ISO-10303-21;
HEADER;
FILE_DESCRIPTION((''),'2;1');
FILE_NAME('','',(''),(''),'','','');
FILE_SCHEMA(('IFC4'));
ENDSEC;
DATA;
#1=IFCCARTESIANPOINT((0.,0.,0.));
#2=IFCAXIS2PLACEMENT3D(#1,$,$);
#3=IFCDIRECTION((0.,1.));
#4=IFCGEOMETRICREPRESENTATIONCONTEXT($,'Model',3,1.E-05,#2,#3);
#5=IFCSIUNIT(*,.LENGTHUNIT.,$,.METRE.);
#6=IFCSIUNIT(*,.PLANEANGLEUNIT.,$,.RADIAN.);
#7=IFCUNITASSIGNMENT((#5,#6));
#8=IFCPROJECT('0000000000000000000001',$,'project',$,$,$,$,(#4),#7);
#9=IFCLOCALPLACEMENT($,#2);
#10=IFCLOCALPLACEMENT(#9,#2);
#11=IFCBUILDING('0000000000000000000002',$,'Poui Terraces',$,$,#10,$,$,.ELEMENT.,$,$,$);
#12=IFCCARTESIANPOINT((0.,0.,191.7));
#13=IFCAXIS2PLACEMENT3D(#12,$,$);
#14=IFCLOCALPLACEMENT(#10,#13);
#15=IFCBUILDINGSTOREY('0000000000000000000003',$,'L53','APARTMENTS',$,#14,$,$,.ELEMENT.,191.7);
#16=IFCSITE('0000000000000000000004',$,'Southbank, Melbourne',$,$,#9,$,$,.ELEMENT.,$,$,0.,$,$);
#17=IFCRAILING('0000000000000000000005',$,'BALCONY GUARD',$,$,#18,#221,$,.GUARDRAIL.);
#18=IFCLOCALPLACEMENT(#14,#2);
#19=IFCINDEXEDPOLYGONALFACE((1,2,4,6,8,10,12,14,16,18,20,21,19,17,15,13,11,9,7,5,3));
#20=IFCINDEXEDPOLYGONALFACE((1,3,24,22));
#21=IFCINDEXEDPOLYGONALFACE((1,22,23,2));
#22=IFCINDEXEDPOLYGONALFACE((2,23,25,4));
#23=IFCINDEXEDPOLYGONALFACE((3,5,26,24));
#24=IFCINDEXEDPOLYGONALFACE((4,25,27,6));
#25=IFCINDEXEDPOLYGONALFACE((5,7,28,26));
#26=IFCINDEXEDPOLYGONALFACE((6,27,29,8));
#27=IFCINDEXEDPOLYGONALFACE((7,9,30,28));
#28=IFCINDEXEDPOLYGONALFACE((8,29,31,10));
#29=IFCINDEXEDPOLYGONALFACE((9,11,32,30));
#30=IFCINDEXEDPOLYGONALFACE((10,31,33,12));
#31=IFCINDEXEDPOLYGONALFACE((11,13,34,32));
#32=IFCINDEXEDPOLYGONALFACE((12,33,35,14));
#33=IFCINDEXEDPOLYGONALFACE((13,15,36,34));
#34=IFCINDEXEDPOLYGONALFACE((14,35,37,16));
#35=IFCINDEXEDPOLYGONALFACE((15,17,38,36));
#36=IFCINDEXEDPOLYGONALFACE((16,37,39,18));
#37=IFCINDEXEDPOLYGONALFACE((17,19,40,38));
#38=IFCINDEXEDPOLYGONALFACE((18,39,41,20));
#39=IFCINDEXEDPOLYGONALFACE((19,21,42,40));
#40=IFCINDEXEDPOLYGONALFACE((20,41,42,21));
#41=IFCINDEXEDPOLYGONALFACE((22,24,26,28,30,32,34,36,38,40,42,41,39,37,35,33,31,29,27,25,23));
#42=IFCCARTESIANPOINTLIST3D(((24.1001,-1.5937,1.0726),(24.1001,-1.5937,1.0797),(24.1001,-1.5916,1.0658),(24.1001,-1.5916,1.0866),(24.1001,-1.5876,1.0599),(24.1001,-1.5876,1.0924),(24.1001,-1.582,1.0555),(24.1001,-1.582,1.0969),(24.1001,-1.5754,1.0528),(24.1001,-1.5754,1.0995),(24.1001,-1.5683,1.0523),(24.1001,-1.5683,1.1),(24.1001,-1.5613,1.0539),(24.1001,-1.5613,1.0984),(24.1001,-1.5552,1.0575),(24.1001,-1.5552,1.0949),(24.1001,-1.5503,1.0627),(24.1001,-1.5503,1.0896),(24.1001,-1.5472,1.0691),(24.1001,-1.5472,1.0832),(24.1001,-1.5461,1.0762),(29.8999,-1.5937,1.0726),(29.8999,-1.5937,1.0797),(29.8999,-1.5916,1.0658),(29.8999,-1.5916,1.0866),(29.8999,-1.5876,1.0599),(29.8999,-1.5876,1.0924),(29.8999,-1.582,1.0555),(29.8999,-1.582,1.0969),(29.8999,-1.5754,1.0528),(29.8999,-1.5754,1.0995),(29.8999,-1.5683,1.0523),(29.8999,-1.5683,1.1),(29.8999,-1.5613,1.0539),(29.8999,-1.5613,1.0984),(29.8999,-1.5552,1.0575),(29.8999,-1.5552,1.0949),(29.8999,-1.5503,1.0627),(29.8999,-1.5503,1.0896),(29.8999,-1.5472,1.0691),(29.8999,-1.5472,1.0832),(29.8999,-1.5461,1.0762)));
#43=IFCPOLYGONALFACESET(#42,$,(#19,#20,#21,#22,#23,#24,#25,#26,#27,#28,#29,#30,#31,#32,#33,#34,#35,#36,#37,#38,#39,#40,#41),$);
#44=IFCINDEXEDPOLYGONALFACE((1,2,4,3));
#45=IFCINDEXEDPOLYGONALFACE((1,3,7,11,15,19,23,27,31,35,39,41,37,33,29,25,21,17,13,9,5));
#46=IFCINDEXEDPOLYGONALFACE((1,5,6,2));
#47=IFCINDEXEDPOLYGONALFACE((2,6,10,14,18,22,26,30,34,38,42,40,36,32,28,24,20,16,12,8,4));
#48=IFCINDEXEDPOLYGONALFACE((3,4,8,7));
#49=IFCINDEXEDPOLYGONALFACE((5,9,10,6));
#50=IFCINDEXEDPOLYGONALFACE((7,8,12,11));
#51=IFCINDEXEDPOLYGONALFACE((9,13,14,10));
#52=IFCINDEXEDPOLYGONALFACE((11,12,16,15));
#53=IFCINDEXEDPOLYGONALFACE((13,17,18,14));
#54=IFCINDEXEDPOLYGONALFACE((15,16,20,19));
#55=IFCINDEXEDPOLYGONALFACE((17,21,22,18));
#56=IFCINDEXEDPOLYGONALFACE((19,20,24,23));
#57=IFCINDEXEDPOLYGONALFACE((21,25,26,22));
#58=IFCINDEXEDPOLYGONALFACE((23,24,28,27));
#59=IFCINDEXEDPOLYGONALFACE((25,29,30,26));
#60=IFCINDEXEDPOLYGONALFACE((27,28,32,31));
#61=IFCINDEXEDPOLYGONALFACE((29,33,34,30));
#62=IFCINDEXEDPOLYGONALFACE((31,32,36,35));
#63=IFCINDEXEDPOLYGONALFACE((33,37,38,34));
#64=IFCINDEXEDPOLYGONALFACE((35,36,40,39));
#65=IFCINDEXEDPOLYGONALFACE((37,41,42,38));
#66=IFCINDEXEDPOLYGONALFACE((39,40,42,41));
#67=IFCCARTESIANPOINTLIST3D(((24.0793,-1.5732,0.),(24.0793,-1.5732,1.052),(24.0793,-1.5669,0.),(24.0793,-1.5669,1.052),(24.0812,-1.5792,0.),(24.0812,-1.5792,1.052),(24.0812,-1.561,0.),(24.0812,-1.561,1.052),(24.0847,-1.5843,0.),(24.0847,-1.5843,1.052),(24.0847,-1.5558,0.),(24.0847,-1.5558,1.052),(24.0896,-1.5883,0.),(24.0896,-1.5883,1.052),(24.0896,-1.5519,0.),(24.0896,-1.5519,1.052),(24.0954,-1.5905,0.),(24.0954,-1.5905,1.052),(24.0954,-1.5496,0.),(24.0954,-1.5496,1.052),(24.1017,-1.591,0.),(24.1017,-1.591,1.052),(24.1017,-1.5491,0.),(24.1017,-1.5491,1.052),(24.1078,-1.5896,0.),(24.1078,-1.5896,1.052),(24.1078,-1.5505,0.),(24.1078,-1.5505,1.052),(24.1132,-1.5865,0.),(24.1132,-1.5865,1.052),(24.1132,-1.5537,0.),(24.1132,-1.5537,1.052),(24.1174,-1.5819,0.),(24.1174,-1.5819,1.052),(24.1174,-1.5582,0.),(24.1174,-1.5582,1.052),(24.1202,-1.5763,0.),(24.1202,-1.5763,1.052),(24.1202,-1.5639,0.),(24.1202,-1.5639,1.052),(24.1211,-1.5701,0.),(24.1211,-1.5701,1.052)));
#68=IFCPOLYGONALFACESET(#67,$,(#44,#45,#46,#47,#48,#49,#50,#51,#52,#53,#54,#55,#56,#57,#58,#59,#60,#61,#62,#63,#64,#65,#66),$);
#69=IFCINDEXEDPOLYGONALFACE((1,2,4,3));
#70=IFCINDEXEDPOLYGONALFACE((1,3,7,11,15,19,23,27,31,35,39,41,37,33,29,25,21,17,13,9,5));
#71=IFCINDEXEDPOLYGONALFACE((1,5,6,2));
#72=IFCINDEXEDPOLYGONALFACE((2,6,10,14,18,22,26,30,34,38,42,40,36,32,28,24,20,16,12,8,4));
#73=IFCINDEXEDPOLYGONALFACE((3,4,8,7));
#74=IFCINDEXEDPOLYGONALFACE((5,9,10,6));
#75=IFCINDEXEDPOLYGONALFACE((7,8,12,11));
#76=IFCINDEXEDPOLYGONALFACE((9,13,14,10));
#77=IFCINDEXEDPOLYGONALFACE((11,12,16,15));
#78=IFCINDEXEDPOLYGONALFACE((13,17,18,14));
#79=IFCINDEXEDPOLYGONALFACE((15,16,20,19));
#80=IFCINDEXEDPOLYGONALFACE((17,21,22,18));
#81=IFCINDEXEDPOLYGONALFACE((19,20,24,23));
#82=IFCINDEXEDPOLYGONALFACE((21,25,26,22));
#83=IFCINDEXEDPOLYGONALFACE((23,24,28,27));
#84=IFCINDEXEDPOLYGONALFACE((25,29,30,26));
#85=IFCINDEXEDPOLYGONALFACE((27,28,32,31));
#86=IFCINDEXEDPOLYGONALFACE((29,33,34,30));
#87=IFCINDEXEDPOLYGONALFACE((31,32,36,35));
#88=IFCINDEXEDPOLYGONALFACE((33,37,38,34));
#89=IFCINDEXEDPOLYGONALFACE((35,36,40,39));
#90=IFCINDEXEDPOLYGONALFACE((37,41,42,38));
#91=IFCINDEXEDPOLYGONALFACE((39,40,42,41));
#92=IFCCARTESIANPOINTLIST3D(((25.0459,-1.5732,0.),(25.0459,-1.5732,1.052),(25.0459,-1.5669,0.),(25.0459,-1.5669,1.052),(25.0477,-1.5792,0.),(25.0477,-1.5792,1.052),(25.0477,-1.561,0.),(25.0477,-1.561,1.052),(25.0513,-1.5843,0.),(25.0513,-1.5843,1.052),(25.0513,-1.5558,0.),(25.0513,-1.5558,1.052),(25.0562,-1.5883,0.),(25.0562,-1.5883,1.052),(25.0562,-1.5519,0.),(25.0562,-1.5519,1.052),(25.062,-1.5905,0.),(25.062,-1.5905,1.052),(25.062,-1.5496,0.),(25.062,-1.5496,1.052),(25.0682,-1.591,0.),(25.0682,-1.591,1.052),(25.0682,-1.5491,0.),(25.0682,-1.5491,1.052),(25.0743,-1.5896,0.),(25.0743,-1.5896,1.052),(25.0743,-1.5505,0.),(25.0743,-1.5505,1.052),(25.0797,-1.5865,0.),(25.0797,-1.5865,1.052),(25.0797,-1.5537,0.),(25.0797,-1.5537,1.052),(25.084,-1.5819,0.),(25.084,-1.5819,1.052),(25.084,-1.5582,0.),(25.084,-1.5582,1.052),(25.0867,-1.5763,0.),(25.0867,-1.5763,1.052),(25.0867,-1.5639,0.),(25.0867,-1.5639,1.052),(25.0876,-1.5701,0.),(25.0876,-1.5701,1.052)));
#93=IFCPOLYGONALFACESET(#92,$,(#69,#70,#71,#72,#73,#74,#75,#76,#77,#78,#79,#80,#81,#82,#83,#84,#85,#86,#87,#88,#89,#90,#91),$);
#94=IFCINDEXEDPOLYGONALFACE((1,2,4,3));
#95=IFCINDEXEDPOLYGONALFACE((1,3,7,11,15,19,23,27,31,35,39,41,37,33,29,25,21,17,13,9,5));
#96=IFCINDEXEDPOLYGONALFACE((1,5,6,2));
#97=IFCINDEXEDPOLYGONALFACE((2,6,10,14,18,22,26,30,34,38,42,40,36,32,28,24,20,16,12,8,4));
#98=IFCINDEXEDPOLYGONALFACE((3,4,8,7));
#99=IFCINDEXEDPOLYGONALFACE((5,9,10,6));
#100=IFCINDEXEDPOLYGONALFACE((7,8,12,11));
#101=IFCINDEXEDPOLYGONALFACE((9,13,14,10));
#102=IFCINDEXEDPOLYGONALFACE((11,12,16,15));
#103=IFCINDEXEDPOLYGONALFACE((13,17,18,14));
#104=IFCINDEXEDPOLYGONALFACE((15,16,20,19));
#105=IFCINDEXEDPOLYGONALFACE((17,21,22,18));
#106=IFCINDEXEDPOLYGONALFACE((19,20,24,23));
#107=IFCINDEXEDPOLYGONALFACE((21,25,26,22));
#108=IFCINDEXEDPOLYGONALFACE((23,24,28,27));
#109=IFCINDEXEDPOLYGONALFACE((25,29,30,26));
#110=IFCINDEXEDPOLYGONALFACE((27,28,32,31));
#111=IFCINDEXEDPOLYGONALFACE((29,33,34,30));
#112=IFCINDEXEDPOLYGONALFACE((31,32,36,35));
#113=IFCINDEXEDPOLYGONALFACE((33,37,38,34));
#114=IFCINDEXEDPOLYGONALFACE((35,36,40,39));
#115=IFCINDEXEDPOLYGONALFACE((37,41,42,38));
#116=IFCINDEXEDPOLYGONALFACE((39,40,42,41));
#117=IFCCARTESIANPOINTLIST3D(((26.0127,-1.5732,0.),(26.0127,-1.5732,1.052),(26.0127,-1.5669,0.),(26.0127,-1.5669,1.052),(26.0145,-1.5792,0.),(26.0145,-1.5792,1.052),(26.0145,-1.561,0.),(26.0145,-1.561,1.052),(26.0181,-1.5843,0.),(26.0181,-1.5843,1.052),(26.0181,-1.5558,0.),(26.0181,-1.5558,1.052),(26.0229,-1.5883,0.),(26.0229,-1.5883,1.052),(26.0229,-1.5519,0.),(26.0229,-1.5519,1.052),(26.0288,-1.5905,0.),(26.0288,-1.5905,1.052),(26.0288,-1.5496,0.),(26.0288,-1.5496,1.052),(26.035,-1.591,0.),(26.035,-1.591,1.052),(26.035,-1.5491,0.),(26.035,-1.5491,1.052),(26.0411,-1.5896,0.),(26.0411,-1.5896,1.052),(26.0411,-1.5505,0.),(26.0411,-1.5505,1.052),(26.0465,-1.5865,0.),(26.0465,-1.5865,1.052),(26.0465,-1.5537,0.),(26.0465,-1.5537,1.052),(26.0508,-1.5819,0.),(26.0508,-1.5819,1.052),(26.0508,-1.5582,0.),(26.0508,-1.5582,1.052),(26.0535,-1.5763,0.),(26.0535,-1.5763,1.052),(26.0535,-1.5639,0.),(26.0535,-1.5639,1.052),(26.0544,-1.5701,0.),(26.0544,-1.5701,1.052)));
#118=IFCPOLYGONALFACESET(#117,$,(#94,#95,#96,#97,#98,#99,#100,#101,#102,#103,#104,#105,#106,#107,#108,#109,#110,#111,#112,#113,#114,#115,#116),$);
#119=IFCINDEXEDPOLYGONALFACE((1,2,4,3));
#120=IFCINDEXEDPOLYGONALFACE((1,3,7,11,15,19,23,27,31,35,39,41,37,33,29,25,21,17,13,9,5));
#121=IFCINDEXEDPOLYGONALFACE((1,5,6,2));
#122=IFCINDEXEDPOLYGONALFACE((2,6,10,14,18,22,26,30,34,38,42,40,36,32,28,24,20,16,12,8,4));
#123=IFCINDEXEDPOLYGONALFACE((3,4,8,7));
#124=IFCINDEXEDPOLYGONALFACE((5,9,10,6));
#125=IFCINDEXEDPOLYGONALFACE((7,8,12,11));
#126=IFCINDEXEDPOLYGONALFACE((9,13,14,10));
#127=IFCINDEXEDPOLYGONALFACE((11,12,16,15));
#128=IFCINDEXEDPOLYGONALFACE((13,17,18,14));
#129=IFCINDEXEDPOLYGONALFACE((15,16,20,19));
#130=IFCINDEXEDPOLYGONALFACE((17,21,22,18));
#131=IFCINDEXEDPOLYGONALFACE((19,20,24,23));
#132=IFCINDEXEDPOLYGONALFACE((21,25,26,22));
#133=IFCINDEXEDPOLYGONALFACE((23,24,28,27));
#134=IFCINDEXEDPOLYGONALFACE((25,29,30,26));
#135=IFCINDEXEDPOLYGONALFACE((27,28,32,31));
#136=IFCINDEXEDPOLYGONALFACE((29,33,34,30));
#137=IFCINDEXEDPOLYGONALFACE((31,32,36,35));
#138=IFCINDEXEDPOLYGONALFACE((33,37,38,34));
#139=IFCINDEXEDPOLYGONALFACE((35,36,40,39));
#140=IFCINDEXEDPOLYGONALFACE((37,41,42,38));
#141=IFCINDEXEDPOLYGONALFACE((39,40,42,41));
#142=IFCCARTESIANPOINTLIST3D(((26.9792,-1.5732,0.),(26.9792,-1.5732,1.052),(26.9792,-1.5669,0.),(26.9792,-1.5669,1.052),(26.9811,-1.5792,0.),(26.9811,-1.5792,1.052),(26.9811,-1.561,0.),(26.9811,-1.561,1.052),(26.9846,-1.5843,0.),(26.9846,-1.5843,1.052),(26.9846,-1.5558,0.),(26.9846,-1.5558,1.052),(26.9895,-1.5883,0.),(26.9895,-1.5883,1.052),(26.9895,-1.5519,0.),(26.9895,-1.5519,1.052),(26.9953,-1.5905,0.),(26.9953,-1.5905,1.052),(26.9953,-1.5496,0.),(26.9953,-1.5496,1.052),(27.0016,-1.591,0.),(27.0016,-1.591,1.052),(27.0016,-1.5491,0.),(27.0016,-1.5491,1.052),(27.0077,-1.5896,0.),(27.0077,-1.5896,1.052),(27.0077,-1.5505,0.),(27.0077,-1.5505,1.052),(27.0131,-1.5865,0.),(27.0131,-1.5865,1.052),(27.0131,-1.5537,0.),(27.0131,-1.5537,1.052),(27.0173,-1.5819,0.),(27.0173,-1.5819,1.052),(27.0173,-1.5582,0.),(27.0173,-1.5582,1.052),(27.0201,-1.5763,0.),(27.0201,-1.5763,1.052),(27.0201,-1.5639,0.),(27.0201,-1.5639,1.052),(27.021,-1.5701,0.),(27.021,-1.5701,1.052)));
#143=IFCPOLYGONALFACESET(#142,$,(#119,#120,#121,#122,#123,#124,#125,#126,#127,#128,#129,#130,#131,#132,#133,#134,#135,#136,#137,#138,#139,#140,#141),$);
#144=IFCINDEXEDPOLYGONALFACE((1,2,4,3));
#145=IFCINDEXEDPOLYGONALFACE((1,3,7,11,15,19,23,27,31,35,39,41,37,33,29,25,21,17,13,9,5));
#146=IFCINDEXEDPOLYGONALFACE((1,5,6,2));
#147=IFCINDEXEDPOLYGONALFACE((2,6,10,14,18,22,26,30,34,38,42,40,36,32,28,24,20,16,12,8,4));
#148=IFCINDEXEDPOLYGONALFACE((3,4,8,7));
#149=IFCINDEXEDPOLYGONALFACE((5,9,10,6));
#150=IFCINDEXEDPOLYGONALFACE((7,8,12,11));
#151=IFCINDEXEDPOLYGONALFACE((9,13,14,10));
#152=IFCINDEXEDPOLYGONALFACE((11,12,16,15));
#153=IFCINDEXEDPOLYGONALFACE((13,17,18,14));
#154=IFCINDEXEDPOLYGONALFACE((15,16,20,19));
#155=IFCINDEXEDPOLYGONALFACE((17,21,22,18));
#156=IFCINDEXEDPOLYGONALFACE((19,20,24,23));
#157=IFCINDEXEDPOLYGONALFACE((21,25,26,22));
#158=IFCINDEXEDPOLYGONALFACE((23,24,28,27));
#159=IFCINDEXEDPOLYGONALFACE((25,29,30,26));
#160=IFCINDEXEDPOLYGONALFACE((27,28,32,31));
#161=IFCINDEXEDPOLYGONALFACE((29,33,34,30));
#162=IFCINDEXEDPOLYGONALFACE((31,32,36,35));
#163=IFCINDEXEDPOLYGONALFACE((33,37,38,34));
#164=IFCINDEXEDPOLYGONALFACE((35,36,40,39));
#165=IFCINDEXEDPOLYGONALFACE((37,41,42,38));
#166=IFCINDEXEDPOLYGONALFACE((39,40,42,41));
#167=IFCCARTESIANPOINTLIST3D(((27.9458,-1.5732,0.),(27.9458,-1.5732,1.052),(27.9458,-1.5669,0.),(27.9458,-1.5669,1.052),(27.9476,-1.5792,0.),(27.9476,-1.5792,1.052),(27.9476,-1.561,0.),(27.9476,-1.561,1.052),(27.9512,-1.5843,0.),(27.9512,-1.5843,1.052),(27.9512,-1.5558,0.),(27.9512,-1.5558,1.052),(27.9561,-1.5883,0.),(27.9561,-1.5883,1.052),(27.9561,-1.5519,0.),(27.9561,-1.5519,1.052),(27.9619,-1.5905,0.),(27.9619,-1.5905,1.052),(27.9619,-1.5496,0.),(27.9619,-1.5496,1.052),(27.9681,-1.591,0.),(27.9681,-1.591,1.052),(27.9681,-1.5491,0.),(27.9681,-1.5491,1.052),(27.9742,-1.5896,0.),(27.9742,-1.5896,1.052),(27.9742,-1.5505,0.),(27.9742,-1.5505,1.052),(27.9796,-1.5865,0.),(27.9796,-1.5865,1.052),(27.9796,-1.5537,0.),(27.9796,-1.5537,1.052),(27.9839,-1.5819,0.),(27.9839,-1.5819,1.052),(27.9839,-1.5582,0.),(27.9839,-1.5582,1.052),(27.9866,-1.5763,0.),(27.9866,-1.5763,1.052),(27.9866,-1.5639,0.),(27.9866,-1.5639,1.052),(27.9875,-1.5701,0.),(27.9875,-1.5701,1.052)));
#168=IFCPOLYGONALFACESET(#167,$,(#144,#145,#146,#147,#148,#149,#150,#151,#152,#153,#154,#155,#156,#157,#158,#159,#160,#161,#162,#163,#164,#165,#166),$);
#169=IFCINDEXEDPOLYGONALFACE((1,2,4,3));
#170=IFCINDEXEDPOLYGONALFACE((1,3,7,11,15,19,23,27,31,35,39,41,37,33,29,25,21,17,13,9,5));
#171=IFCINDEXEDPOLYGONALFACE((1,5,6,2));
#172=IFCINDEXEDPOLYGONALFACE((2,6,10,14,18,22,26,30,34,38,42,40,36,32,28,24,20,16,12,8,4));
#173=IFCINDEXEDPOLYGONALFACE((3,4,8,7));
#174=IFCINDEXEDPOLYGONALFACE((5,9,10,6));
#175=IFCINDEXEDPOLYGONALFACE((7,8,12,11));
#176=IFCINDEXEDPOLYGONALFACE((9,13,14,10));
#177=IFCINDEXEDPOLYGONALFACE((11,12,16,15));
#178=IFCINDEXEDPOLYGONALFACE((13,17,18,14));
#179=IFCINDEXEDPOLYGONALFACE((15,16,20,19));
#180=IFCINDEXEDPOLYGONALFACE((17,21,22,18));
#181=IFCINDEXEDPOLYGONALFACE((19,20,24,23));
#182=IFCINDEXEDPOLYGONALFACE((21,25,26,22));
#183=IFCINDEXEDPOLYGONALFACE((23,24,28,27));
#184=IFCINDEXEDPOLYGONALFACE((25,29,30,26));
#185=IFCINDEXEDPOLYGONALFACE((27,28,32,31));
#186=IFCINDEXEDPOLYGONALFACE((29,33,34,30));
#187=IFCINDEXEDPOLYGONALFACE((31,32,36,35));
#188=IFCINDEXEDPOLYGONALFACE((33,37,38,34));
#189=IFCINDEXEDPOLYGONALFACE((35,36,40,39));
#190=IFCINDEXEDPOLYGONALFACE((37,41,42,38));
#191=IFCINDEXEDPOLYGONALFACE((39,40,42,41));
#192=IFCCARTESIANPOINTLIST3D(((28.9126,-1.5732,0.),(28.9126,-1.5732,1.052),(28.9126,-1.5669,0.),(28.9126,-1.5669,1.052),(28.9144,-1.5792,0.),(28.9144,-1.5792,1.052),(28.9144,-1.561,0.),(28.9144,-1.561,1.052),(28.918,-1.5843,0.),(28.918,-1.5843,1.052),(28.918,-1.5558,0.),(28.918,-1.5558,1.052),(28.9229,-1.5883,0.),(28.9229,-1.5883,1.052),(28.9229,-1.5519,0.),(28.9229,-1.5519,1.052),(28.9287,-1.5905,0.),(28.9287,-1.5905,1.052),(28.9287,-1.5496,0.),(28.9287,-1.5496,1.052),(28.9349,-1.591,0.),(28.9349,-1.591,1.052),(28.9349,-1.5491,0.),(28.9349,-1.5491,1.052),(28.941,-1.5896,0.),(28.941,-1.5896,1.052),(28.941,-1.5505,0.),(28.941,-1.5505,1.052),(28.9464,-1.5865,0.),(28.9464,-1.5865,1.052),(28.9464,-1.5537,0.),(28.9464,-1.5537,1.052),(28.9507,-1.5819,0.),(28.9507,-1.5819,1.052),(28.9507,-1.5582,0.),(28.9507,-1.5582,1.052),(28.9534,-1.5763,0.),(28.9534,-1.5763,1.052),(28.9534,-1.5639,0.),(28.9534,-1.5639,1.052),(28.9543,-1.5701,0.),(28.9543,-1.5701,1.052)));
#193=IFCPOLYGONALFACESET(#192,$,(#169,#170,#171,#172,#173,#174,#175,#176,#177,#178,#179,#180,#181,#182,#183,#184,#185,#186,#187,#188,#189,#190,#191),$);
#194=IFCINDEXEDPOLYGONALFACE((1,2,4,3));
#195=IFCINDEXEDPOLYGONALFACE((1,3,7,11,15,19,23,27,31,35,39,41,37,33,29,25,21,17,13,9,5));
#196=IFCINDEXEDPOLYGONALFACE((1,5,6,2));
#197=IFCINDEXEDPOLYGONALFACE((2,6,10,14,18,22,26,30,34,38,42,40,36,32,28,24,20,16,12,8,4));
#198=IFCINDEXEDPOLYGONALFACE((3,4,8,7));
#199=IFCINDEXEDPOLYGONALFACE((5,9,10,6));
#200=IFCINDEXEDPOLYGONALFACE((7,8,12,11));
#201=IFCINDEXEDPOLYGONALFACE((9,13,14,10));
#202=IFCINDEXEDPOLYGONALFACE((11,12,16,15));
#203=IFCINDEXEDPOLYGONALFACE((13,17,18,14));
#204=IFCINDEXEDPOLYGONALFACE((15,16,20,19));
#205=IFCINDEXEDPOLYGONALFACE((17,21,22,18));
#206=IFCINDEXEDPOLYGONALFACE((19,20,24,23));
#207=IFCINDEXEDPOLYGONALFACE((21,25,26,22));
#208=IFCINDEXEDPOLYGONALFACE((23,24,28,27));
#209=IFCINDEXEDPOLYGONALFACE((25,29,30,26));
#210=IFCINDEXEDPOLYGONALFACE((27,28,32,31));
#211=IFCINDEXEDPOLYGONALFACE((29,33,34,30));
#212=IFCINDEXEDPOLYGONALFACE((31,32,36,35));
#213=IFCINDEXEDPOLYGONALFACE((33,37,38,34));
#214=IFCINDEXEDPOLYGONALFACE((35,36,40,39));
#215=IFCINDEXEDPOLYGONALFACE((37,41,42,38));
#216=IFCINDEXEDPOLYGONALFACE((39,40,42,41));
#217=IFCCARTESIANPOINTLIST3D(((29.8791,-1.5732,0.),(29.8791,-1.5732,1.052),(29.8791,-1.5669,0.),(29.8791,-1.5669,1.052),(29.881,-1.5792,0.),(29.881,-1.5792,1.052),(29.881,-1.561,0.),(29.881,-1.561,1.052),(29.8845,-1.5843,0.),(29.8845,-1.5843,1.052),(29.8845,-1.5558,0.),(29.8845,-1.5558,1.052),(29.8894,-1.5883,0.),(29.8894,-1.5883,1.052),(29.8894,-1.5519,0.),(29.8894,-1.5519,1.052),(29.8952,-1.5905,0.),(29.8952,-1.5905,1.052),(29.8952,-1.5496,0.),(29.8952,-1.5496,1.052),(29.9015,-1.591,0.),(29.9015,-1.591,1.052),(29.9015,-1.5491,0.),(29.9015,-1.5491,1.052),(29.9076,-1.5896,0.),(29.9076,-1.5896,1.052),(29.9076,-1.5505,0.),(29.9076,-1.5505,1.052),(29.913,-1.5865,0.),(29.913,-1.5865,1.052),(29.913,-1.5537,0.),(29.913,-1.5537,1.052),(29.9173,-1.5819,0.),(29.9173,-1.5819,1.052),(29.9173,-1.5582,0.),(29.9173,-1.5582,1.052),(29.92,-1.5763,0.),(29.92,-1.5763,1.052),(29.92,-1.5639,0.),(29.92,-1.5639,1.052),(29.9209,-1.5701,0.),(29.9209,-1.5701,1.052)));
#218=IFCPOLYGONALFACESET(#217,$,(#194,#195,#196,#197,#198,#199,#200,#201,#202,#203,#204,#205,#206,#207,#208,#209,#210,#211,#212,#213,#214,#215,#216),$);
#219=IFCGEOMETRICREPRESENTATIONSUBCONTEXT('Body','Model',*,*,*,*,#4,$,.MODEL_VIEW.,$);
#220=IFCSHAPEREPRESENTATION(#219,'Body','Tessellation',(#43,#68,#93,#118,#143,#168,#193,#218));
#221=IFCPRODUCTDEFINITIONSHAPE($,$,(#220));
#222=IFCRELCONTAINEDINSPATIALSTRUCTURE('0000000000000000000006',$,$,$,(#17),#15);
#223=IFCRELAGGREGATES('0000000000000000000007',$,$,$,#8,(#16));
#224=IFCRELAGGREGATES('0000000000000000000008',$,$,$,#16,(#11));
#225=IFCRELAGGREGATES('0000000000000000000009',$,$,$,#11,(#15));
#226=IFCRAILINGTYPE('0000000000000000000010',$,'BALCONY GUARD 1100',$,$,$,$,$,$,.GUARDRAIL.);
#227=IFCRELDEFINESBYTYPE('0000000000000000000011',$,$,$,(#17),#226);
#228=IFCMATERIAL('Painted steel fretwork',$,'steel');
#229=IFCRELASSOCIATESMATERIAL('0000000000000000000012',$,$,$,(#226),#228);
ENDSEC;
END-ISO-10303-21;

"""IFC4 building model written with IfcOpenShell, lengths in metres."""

from ifc_helpers import new_model, si_unit, direction, frame, origin, origin_2d, place, context, subcontext, project, spatial, circle, extrude, material, type_object, element, save


model = new_model("IFC4")

# Units and contexts
model_context = context("Model", 3, precision=1e-05, world=origin(), true_north=direction((0.0, 1.0)))
body_context = subcontext(model_context, "Body", "Model", "MODEL_VIEW")
ifc_project = project(units=[si_unit("LENGTHUNIT", "METRE"), si_unit("PLANEANGLEUNIT", "RADIAN")], contexts=[model_context])

# Site, building, storey
site_placement = place(None, origin())
site = spatial("IfcSite", under=ifc_project, at=site_placement, Name="Southbank, Melbourne", CompositionType="ELEMENT", RefElevation=0.0)
building_placement = place(site_placement, origin())
building = spatial("IfcBuilding", under=site, at=building_placement, Name="Poui Terraces", CompositionType="ELEMENT")
storey_placement = place(building_placement, frame((0.0, 0.0, 191.7)))
storey = spatial("IfcBuildingStorey", under=building, at=storey_placement, Name="L53", Description="APARTMENTS", CompositionType="ELEMENT", Elevation=191.7)

# Railing
ifc_material_1 = material(Name="Painted steel fretwork", Category="steel")
railing_type = type_object("IfcRailingType", Name="BALCONY GUARD 1100", PredefinedType="GUARDRAIL", material=ifc_material_1)
railing_placement = place(storey_placement, frame((24.1001, -1.5701, 0.0)))
element("IfcRailing", 1, at=railing_placement, inside=storey, type_object=railing_type, Name="BALCONY GUARD", PredefinedType="GUARDRAIL", context=body_context, shape_type="SweptSolid", body=[
    extrude(circle(Radius=0.0239, at=origin_2d()), frame((0.0, 0.0, 1.0762), z_axis=(1.0, 0.0, 0.0), x_axis=(0.0, 1.0, 0.0)), (0.0, 0.0, 1.0), 5.7998),
    extrude(circle(Radius=0.021, at=origin_2d()), origin(), (0.0, 0.0, 1.0), 1.052),
    extrude(circle(Radius=0.021, at=origin_2d()), frame((0.9666, 0.0, 0.0)), (0.0, 0.0, 1.0), 1.052),
    extrude(circle(Radius=0.021, at=origin_2d()), frame((1.9333, 0.0, 0.0)), (0.0, 0.0, 1.0), 1.052),
    extrude(circle(Radius=0.021, at=origin_2d()), frame((2.8999, 0.0, 0.0)), (0.0, 0.0, 1.0), 1.052),
    extrude(circle(Radius=0.021, at=origin_2d()), frame((3.8665, 0.0, 0.0)), (0.0, 0.0, 1.0), 1.052),
    extrude(circle(Radius=0.021, at=origin_2d()), frame((4.8333, 0.0, 0.0)), (0.0, 0.0, 1.0), 1.052),
    extrude(circle(Radius=0.021, at=origin_2d()), frame((5.7998, 0.0, 0.0)), (0.0, 0.0, 1.0), 1.052),
])

save(model, "model.ifc")
